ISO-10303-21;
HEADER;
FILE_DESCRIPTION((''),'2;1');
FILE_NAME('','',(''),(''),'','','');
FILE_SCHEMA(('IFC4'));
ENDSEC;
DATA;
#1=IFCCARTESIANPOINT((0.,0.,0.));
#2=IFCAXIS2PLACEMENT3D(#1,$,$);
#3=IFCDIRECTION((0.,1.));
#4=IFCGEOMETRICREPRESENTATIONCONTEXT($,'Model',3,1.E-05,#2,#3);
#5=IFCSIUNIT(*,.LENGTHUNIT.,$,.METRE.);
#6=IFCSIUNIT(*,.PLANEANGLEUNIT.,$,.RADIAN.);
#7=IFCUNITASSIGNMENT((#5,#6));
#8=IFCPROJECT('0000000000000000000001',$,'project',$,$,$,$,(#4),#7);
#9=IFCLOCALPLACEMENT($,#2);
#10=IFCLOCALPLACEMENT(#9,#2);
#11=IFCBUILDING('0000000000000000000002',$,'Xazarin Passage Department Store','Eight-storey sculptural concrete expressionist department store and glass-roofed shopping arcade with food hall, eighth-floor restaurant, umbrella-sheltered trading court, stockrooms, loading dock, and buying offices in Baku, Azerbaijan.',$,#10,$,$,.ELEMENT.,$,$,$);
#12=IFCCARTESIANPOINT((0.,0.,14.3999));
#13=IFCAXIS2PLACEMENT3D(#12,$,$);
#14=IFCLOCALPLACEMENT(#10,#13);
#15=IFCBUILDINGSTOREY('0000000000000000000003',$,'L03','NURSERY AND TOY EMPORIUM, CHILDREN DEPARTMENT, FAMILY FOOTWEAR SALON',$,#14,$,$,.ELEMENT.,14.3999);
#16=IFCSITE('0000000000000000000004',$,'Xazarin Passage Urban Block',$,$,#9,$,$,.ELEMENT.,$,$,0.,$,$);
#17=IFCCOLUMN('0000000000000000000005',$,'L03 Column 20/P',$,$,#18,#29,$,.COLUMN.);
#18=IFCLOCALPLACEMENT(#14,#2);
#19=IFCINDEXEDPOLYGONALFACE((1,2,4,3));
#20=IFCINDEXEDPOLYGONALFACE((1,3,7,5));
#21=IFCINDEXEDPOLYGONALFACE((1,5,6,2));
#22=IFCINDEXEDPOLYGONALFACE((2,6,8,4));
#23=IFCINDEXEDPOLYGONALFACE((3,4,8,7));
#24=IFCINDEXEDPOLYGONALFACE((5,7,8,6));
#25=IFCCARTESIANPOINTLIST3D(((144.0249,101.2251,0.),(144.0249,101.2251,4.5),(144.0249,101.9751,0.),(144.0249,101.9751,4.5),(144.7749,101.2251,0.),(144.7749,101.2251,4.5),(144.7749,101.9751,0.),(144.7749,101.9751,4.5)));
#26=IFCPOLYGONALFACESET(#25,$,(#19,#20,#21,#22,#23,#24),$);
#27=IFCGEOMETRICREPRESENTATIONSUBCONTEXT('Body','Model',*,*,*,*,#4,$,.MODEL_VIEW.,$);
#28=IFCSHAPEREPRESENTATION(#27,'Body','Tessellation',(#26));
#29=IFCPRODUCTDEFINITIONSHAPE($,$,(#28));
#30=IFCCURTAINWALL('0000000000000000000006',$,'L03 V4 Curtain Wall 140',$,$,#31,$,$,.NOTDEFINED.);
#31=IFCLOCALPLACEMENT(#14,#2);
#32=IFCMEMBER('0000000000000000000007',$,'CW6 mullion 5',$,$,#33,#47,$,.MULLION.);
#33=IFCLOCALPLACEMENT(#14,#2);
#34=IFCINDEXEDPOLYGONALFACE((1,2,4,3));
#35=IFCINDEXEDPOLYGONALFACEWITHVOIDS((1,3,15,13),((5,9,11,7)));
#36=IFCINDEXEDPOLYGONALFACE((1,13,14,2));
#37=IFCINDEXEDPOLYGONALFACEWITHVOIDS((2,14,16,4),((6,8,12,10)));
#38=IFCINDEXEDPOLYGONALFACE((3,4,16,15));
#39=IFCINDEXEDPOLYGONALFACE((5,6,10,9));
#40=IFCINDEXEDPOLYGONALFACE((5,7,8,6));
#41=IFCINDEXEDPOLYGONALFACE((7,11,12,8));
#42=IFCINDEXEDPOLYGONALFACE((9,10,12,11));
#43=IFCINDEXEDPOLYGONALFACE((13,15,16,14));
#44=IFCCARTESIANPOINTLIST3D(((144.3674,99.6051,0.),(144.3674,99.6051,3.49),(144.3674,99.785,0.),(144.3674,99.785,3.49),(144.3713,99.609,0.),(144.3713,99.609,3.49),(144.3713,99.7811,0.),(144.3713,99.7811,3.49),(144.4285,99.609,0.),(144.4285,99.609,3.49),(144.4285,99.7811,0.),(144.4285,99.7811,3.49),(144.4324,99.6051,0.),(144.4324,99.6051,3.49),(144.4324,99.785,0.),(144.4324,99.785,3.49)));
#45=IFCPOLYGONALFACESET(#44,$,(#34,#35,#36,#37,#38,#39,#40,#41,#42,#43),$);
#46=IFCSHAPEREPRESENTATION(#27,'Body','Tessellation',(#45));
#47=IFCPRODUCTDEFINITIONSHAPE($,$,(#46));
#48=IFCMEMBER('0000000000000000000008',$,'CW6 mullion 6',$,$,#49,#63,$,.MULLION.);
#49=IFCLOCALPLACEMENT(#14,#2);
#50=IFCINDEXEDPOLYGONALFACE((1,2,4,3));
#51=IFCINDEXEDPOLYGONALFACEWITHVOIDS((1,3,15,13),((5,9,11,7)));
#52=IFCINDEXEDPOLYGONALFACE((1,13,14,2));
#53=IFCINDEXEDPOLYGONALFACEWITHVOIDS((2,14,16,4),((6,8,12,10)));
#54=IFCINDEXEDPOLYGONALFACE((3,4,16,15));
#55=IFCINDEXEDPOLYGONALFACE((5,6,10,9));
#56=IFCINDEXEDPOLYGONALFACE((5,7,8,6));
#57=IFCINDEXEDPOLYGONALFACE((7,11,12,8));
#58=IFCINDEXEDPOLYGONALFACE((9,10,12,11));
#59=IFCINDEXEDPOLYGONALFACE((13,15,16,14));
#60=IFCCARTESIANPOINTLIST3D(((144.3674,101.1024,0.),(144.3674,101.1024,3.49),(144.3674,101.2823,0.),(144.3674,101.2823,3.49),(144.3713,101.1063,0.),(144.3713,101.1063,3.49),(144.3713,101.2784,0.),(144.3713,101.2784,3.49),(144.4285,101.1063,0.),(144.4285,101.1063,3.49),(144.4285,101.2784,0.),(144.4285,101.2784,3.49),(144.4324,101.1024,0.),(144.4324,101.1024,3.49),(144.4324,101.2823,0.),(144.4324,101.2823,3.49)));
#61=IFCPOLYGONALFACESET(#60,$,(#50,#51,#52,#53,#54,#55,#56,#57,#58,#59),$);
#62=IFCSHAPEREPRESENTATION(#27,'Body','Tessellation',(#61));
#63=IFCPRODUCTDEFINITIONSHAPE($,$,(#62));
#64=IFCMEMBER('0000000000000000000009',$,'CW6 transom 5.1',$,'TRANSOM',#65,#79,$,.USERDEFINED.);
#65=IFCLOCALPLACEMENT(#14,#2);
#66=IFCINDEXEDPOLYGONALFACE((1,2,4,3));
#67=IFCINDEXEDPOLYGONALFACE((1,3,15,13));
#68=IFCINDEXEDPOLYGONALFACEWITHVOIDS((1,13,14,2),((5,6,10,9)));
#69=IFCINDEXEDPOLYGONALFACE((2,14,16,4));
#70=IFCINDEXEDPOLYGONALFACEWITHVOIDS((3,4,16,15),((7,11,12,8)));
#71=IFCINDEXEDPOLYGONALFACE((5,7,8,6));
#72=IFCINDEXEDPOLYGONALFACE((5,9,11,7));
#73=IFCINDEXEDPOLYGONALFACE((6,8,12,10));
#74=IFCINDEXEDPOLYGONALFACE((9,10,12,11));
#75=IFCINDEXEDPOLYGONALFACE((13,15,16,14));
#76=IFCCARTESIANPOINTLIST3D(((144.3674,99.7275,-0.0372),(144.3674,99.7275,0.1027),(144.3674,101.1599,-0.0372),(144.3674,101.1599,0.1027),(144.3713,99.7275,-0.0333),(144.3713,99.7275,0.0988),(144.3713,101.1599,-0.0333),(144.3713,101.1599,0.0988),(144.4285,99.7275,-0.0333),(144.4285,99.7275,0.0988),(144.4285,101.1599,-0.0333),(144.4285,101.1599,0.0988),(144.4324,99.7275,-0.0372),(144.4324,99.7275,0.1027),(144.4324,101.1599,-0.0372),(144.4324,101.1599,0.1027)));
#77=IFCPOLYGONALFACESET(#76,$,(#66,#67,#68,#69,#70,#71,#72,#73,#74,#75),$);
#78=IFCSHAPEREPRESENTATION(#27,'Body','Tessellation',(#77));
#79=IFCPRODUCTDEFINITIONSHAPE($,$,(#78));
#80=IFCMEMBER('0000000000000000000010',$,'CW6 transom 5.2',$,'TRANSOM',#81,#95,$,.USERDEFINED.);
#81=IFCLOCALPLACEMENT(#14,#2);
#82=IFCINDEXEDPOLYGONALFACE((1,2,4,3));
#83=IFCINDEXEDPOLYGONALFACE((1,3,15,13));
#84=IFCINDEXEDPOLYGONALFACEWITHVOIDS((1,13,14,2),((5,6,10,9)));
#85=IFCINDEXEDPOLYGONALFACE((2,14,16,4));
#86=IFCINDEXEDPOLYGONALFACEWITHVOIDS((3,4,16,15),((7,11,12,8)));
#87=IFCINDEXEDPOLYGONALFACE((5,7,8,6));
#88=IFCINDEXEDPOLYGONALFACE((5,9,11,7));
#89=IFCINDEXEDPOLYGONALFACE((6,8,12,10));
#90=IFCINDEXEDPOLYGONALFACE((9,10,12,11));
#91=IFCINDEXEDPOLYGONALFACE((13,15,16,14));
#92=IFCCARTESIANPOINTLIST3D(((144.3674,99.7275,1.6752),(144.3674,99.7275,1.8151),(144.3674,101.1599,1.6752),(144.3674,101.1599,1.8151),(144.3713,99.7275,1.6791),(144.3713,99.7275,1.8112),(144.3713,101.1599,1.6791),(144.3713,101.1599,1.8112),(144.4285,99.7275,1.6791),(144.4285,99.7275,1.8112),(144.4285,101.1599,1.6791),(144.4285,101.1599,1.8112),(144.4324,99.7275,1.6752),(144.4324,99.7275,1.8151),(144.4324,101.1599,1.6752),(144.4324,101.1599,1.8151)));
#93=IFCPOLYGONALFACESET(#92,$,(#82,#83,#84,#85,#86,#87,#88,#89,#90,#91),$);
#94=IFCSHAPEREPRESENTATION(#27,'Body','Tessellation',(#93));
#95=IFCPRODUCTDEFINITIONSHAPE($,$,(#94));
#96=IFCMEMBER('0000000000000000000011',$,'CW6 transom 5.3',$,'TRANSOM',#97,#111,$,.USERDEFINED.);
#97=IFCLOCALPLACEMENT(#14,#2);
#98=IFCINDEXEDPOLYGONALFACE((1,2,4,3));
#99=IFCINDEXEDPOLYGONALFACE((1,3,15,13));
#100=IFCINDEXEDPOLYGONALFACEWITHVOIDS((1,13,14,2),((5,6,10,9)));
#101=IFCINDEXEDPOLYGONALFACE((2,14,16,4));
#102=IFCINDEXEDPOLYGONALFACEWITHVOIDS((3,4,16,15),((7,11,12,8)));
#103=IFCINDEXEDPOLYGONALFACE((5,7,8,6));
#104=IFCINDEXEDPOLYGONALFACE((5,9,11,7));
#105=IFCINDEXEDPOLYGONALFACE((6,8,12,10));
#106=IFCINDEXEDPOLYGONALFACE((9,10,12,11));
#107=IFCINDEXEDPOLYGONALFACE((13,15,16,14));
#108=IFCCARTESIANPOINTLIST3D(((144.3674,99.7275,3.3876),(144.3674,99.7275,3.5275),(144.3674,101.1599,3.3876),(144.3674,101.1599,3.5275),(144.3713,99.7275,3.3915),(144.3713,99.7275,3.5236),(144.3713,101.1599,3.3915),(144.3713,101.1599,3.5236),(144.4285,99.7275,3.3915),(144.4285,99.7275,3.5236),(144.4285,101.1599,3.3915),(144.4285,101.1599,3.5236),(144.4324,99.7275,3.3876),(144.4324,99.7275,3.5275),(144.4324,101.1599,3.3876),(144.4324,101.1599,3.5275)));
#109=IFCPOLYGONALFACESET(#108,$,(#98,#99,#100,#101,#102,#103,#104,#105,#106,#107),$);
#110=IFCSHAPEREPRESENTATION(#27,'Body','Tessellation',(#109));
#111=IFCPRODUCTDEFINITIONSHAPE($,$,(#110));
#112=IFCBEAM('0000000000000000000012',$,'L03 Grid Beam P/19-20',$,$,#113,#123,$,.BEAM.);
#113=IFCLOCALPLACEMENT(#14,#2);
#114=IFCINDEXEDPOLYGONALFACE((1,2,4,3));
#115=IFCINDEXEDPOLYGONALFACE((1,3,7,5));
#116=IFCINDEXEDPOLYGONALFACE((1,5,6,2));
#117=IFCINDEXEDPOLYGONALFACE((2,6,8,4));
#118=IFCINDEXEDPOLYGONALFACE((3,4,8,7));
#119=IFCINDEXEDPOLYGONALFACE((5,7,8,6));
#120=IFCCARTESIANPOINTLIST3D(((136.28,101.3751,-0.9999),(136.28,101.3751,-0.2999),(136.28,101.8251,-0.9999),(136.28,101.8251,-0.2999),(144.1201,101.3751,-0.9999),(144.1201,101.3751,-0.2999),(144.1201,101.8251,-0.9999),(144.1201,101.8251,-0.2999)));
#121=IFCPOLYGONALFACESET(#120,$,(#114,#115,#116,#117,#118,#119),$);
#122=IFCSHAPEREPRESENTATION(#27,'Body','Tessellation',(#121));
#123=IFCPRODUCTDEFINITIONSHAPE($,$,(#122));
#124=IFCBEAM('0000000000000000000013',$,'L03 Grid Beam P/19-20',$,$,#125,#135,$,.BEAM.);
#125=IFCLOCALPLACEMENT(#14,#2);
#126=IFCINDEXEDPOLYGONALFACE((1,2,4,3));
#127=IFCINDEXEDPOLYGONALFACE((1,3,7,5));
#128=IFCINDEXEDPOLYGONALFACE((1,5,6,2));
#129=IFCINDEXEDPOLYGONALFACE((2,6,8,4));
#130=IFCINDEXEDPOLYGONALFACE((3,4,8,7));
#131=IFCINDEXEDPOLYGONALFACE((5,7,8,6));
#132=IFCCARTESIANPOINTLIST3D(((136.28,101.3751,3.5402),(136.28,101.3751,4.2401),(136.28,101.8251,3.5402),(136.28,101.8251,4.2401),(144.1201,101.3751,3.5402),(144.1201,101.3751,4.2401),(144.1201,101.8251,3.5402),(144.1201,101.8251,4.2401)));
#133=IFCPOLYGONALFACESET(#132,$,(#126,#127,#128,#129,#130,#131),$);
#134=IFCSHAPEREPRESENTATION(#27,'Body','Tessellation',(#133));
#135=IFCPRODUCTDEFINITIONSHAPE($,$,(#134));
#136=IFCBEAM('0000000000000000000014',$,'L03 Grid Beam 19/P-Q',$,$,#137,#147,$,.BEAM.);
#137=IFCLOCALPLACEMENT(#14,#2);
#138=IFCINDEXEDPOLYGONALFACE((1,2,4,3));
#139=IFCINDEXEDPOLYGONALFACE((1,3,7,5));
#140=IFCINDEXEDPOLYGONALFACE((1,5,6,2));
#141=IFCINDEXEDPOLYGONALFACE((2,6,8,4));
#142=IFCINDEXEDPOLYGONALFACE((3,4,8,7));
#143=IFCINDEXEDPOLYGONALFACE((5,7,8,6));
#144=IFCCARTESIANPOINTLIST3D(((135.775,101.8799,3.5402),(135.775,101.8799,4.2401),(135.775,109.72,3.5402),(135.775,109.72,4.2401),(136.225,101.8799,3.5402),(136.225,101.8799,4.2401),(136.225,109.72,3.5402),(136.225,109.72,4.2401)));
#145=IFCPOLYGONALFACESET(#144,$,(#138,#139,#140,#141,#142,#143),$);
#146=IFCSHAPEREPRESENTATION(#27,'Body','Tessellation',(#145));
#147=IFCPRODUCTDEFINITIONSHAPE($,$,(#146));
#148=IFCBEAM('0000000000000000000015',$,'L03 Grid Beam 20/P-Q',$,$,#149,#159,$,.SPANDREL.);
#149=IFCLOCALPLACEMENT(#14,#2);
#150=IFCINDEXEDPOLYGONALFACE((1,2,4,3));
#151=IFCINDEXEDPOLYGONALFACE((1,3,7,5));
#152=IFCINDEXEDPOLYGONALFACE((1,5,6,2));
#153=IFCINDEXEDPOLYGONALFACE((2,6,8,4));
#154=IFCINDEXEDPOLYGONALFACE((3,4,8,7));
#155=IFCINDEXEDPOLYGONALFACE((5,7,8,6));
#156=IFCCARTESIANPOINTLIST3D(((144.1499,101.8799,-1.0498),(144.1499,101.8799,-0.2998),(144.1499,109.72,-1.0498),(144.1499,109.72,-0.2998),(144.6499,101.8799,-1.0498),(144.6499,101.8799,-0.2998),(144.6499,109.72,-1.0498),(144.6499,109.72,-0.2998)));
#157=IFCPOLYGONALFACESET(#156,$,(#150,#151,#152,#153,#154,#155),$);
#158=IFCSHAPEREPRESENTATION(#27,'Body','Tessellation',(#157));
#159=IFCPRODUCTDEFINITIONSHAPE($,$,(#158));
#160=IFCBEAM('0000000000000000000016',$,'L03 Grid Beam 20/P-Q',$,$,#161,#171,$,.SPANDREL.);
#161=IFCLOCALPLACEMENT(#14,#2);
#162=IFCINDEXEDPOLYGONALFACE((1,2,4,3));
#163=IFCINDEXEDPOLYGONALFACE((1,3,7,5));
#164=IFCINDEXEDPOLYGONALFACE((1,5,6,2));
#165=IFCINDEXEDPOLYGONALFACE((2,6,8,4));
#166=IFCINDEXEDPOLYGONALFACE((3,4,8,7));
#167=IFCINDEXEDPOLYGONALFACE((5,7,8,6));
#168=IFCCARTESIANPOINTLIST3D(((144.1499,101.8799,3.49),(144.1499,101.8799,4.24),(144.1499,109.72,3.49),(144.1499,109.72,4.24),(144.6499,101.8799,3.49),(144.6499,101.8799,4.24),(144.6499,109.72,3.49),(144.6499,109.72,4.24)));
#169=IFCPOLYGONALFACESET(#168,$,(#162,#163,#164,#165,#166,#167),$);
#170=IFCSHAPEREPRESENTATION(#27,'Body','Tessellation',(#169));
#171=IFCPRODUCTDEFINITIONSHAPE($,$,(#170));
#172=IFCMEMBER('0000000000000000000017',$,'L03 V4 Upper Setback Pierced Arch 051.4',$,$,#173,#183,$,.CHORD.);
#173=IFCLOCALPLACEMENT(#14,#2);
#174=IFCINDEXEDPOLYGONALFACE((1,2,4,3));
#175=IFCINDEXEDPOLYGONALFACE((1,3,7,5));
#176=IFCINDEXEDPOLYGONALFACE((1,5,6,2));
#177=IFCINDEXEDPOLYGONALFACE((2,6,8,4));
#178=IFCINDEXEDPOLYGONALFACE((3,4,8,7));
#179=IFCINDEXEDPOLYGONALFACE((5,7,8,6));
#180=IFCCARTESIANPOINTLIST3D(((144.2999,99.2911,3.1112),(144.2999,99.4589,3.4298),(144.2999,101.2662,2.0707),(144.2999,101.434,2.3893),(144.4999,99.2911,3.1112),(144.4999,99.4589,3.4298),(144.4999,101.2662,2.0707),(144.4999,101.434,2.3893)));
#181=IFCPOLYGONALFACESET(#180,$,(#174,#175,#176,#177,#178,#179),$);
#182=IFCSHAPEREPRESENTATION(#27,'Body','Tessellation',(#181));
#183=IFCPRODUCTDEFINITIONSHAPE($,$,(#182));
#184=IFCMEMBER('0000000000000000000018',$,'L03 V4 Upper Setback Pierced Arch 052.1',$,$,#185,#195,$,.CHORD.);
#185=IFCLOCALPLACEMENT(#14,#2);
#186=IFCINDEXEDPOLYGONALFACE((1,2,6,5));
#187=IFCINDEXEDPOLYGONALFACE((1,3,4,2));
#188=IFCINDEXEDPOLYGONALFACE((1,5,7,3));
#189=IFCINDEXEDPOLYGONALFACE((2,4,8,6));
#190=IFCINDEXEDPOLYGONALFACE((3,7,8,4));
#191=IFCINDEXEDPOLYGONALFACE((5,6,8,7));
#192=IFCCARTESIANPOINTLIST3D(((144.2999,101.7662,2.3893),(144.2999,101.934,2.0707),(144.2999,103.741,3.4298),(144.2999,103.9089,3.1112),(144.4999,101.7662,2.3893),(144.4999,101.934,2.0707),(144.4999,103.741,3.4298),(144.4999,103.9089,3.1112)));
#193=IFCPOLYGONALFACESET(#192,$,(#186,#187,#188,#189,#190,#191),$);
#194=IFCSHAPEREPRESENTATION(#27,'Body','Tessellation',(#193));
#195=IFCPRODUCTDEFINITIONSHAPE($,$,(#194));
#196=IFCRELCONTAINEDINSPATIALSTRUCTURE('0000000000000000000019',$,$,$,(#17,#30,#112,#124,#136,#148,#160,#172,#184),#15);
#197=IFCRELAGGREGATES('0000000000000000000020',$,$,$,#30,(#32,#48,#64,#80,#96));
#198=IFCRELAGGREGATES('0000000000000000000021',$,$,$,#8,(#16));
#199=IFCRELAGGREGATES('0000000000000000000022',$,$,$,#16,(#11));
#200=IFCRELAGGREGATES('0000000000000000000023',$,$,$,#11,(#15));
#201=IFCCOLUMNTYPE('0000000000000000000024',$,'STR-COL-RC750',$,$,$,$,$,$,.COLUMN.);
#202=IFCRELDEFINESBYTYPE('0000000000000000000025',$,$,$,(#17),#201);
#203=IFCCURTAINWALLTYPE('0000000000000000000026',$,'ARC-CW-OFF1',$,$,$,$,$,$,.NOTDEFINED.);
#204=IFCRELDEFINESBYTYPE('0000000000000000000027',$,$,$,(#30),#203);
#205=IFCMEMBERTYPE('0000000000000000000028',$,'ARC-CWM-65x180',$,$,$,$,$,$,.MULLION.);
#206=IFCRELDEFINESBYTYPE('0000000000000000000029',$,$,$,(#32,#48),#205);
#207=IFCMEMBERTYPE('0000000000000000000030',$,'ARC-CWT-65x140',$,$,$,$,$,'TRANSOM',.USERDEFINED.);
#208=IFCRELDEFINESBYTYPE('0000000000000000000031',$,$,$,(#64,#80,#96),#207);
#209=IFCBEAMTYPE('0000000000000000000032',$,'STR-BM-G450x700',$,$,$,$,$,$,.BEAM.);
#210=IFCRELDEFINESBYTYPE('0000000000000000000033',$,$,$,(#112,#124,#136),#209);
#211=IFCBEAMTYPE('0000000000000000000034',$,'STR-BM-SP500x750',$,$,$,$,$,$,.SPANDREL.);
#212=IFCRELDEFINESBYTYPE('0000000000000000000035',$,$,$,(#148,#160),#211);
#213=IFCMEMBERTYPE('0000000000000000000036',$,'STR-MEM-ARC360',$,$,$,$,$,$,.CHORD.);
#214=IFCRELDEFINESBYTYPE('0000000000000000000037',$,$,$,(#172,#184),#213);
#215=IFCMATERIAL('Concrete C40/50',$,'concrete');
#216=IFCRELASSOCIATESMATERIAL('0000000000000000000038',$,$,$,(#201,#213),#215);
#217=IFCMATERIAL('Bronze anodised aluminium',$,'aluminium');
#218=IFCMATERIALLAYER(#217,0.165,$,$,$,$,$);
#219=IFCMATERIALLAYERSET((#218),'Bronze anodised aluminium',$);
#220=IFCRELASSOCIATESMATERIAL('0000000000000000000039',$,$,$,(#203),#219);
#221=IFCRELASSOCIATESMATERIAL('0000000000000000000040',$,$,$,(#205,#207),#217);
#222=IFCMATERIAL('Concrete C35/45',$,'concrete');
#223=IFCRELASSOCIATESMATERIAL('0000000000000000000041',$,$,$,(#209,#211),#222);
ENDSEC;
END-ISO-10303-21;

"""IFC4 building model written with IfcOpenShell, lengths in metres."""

from ifc_helpers import new_model, si_unit, direction, frame, origin, origin_2d, place, context, subcontext, project, spatial, rectangle, hollow_rectangle, extrude, material, layer, layer_set, material_profile, profile_set, type_object, element, aggregate, save


model = new_model("IFC4")

# Units and contexts
model_context = context("Model", 3, precision=1e-05, world=origin(), true_north=direction((0.0, 1.0)))
body_context = subcontext(model_context, "Body", "Model", "MODEL_VIEW")
ifc_project = project(units=[si_unit("LENGTHUNIT", "METRE"), si_unit("PLANEANGLEUNIT", "RADIAN")], contexts=[model_context])

# Site, building, storey
site_placement = place(None, origin())
site = spatial("IfcSite", under=ifc_project, at=site_placement, Name="Xazarin Passage Urban Block", CompositionType="ELEMENT", RefElevation=0.0)
building_placement = place(site_placement, origin())
building = spatial("IfcBuilding", under=site, at=building_placement, Name="Xazarin Passage Department Store", Description="Eight-storey sculptural concrete expressionist department store and glass-roofed shopping arcade with food hall, eighth-floor restaurant, umbrella-sheltered trading court, stockrooms, loading dock, and buying offices in Baku, Azerbaijan.", CompositionType="ELEMENT")
storey_placement = place(building_placement, frame((0.0, 0.0, 14.3999)))
storey = spatial("IfcBuildingStorey", under=building, at=storey_placement, Name="L03", Description="NURSERY AND TOY EMPORIUM, CHILDREN DEPARTMENT, FAMILY FOOTWEAR SALON", CompositionType="ELEMENT", Elevation=14.3999)

# Column
ifc_material_1 = material(Name="Concrete C40/50", Category="concrete")
ifc_material_profile_1 = material_profile(ifc_material_1, rectangle(XDim=0.75, YDim=0.75, at=origin_2d()), Name="RC 750x750")
ifc_profile_set_1 = profile_set([ifc_material_profile_1], Name="Concrete C40/50")
column_type = type_object("IfcColumnType", Name="STR-COL-RC750", PredefinedType="COLUMN", material=ifc_profile_set_1)
column_placement = place(storey_placement, frame((144.3999, 101.6001, 0.0), z_axis=(0.0, 0.0, 1.0), x_axis=(1.0, 0.0, 0.0)))
element("IfcColumn", 1, at=column_placement, inside=storey, type_object=column_type, Name="L03 Column 20/P", PredefinedType="COLUMN", context=body_context, shape_type="SweptSolid", body=[
    extrude(rectangle(XDim=0.75, YDim=0.75, at=origin_2d()), origin(), (0.0, 0.0, 1.0), 4.5),
])

# Curtain wall, members
ifc_material_2 = material(Name="Bronze anodised aluminium", Category="aluminium")
ifc_layer_1 = layer(ifc_material_2, 0.165)
ifc_layer_set_1 = layer_set([ifc_layer_1], Name="Bronze anodised aluminium")
curtain_wall_type = type_object("IfcCurtainWallType", Name="ARC-CW-OFF1", PredefinedType="NOTDEFINED", material=ifc_layer_set_1)
curtain_wall_placement = place(storey_placement, origin())
curtain_wall = element("IfcCurtainWall", 2, at=curtain_wall_placement, inside=storey, type_object=curtain_wall_type, Name="L03 V4 Curtain Wall 140", PredefinedType="NOTDEFINED")
ifc_material_profile_2 = material_profile(ifc_material_2, hollow_rectangle(XDim=0.0649, YDim=0.1799, WallThickness=0.0039, at=origin_2d()), Name="ALU 65x180")
ifc_profile_set_2 = profile_set([ifc_material_profile_2], Name="Bronze anodised aluminium")
member_type_1 = type_object("IfcMemberType", Name="ARC-CWM-65x180", PredefinedType="MULLION", material=ifc_profile_set_2)
member_1_placement = place(storey_placement, frame((144.3999, 99.6951, 0.0), z_axis=(0.0, 0.0, 1.0), x_axis=(-1.0, 0.0, 0.0)))
member_1 = element("IfcMember", 3, at=member_1_placement, type_object=member_type_1, Name="CW6 mullion 5", PredefinedType="MULLION", context=body_context, shape_type="SweptSolid", body=[
    extrude(hollow_rectangle(XDim=0.0649, YDim=0.1799, WallThickness=0.0039, at=origin_2d()), origin(), (0.0, 0.0, 1.0), 3.49),
])
member_2_placement = place(storey_placement, frame((144.3999, 101.1924, 0.0), z_axis=(0.0, 0.0, 1.0), x_axis=(-1.0, 0.0, 0.0)))
member_2 = element("IfcMember", 4, at=member_2_placement, type_object=member_type_1, Name="CW6 mullion 6", PredefinedType="MULLION", context=body_context, shape_type="SweptSolid", body=[
    extrude(hollow_rectangle(XDim=0.0649, YDim=0.1799, WallThickness=0.0039, at=origin_2d()), origin(), (0.0, 0.0, 1.0), 3.49),
])
ifc_material_profile_3 = material_profile(ifc_material_2, hollow_rectangle(XDim=0.0649, YDim=0.1399, WallThickness=0.0039, at=origin_2d()), Name="ALU 65x140")
ifc_profile_set_3 = profile_set([ifc_material_profile_3], Name="Bronze anodised aluminium")
member_type_2 = type_object("IfcMemberType", Name="ARC-CWT-65x140", ElementType="TRANSOM", PredefinedType="USERDEFINED", material=ifc_profile_set_3)
member_3_placement = place(storey_placement, frame((144.3999, 99.7275, 0.0327), z_axis=(0.0, 1.0, 0.0), x_axis=(-1.0, 0.0, 0.0)))
member_3 = element("IfcMember", 5, at=member_3_placement, type_object=member_type_2, Name="CW6 transom 5.1", ObjectType="TRANSOM", PredefinedType="USERDEFINED", context=body_context, shape_type="SweptSolid", body=[
    extrude(hollow_rectangle(XDim=0.0649, YDim=0.1399, WallThickness=0.0039, at=origin_2d()), origin(), (0.0, 0.0, 1.0), 1.4324),
])
member_4_placement = place(storey_placement, frame((144.3999, 99.7275, 1.7451), z_axis=(0.0, 1.0, 0.0), x_axis=(-1.0, 0.0, 0.0)))
member_4 = element("IfcMember", 6, at=member_4_placement, type_object=member_type_2, Name="CW6 transom 5.2", ObjectType="TRANSOM", PredefinedType="USERDEFINED", context=body_context, shape_type="SweptSolid", body=[
    extrude(hollow_rectangle(XDim=0.0649, YDim=0.1399, WallThickness=0.0039, at=origin_2d()), origin(), (0.0, 0.0, 1.0), 1.4324),
])
member_5_placement = place(storey_placement, frame((144.3999, 99.7275, 3.4575), z_axis=(0.0, 1.0, 0.0), x_axis=(-1.0, 0.0, 0.0)))
member_5 = element("IfcMember", 7, at=member_5_placement, type_object=member_type_2, Name="CW6 transom 5.3", ObjectType="TRANSOM", PredefinedType="USERDEFINED", context=body_context, shape_type="SweptSolid", body=[
    extrude(hollow_rectangle(XDim=0.0649, YDim=0.1399, WallThickness=0.0039, at=origin_2d()), origin(), (0.0, 0.0, 1.0), 1.4324),
])

# Beams
ifc_material_3 = material(Name="Concrete C35/45", Category="concrete")
ifc_material_profile_4 = material_profile(ifc_material_3, rectangle(XDim=0.45, YDim=0.7, at=origin_2d()), Name="RC 450x700")
ifc_profile_set_4 = profile_set([ifc_material_profile_4], Name="Concrete C35/45")
beam_type_1 = type_object("IfcBeamType", Name="STR-BM-G450x700", PredefinedType="BEAM", material=ifc_profile_set_4)
for number, where, z_axis, x_axis, name in (
    (8, (136.28, 101.6001, -0.6499), (1.0, 0.0, 0.0), (0.0, 1.0, 0.0), "L03 Grid Beam P/19-20"),
    (9, (136.28, 101.6001, 3.8901), (1.0, 0.0, 0.0), (0.0, 1.0, 0.0), "L03 Grid Beam P/19-20"),
    (10, (136.0, 101.8799, 3.8901), (0.0, 1.0, 0.0), (-1.0, 0.0, 0.0), "L03 Grid Beam 19/P-Q"),
):
    element("IfcBeam", number, at=place(storey_placement, frame(where, z_axis=z_axis, x_axis=x_axis)), inside=storey, type_object=beam_type_1, Name=name, PredefinedType="BEAM", context=body_context, shape_type="SweptSolid", body=[
        extrude(rectangle(XDim=0.45, YDim=0.7, at=origin_2d()), origin(), (0.0, 0.0, 1.0), 7.8401),
    ])
ifc_material_profile_5 = material_profile(ifc_material_3, rectangle(XDim=0.5, YDim=0.75, at=origin_2d()), Name="RC 500x750")
ifc_profile_set_5 = profile_set([ifc_material_profile_5], Name="Concrete C35/45")
beam_type_2 = type_object("IfcBeamType", Name="STR-BM-SP500x750", PredefinedType="SPANDREL", material=ifc_profile_set_5)
for number, where, z_axis, x_axis, name in (
    (11, (144.3999, 101.8799, -0.6748), (0.0, 1.0, 0.0), (-1.0, 0.0, 0.0), "L03 Grid Beam 20/P-Q"),
    (12, (144.3999, 101.8799, 3.865), (0.0, 1.0, 0.0), (-1.0, 0.0, 0.0), "L03 Grid Beam 20/P-Q"),
):
    element("IfcBeam", number, at=place(storey_placement, frame(where, z_axis=z_axis, x_axis=x_axis)), inside=storey, type_object=beam_type_2, Name=name, PredefinedType="SPANDREL", context=body_context, shape_type="SweptSolid", body=[
        extrude(rectangle(XDim=0.5, YDim=0.75, at=origin_2d()), origin(), (0.0, 0.0, 1.0), 7.8401),
    ])

# Members
ifc_material_profile_6 = material_profile(ifc_material_1, rectangle(XDim=0.2, YDim=0.3601, at=origin_2d()), Name="RC 200x360")
ifc_profile_set_6 = profile_set([ifc_material_profile_6], Name="Concrete C40/50")
member_type_3 = type_object("IfcMemberType", Name="STR-MEM-ARC360", PredefinedType="CHORD", material=ifc_profile_set_6)
member_6_placement = place(storey_placement, frame((144.3999, 99.375, 3.2705), z_axis=(0.0, 0.884733, -0.466098), x_axis=(-1.0, 0.0, 0.0)))
element("IfcMember", 13, at=member_6_placement, inside=storey, type_object=member_type_3, Name="L03 V4 Upper Setback Pierced Arch 051.4", PredefinedType="CHORD", context=body_context, shape_type="SweptSolid", body=[
    extrude(rectangle(XDim=0.2, YDim=0.3601, at=origin_2d()), origin(), (0.0, 0.0, 1.0), 2.2324),
])
member_7_placement = place(storey_placement, frame((144.3999, 101.8501, 2.23), z_axis=(0.0, 0.884709, 0.466143), x_axis=(-1.0, 0.0, 0.0)))
element("IfcMember", 14, at=member_7_placement, inside=storey, type_object=member_type_3, Name="L03 V4 Upper Setback Pierced Arch 052.1", PredefinedType="CHORD", context=body_context, shape_type="SweptSolid", body=[
    extrude(rectangle(XDim=0.2, YDim=0.3601, at=origin_2d()), origin(), (0.0, 0.0, 1.0), 2.2322),
])

aggregate(curtain_wall, [member_1, member_2, member_3, member_4, member_5])

save(model, "model.ifc")
